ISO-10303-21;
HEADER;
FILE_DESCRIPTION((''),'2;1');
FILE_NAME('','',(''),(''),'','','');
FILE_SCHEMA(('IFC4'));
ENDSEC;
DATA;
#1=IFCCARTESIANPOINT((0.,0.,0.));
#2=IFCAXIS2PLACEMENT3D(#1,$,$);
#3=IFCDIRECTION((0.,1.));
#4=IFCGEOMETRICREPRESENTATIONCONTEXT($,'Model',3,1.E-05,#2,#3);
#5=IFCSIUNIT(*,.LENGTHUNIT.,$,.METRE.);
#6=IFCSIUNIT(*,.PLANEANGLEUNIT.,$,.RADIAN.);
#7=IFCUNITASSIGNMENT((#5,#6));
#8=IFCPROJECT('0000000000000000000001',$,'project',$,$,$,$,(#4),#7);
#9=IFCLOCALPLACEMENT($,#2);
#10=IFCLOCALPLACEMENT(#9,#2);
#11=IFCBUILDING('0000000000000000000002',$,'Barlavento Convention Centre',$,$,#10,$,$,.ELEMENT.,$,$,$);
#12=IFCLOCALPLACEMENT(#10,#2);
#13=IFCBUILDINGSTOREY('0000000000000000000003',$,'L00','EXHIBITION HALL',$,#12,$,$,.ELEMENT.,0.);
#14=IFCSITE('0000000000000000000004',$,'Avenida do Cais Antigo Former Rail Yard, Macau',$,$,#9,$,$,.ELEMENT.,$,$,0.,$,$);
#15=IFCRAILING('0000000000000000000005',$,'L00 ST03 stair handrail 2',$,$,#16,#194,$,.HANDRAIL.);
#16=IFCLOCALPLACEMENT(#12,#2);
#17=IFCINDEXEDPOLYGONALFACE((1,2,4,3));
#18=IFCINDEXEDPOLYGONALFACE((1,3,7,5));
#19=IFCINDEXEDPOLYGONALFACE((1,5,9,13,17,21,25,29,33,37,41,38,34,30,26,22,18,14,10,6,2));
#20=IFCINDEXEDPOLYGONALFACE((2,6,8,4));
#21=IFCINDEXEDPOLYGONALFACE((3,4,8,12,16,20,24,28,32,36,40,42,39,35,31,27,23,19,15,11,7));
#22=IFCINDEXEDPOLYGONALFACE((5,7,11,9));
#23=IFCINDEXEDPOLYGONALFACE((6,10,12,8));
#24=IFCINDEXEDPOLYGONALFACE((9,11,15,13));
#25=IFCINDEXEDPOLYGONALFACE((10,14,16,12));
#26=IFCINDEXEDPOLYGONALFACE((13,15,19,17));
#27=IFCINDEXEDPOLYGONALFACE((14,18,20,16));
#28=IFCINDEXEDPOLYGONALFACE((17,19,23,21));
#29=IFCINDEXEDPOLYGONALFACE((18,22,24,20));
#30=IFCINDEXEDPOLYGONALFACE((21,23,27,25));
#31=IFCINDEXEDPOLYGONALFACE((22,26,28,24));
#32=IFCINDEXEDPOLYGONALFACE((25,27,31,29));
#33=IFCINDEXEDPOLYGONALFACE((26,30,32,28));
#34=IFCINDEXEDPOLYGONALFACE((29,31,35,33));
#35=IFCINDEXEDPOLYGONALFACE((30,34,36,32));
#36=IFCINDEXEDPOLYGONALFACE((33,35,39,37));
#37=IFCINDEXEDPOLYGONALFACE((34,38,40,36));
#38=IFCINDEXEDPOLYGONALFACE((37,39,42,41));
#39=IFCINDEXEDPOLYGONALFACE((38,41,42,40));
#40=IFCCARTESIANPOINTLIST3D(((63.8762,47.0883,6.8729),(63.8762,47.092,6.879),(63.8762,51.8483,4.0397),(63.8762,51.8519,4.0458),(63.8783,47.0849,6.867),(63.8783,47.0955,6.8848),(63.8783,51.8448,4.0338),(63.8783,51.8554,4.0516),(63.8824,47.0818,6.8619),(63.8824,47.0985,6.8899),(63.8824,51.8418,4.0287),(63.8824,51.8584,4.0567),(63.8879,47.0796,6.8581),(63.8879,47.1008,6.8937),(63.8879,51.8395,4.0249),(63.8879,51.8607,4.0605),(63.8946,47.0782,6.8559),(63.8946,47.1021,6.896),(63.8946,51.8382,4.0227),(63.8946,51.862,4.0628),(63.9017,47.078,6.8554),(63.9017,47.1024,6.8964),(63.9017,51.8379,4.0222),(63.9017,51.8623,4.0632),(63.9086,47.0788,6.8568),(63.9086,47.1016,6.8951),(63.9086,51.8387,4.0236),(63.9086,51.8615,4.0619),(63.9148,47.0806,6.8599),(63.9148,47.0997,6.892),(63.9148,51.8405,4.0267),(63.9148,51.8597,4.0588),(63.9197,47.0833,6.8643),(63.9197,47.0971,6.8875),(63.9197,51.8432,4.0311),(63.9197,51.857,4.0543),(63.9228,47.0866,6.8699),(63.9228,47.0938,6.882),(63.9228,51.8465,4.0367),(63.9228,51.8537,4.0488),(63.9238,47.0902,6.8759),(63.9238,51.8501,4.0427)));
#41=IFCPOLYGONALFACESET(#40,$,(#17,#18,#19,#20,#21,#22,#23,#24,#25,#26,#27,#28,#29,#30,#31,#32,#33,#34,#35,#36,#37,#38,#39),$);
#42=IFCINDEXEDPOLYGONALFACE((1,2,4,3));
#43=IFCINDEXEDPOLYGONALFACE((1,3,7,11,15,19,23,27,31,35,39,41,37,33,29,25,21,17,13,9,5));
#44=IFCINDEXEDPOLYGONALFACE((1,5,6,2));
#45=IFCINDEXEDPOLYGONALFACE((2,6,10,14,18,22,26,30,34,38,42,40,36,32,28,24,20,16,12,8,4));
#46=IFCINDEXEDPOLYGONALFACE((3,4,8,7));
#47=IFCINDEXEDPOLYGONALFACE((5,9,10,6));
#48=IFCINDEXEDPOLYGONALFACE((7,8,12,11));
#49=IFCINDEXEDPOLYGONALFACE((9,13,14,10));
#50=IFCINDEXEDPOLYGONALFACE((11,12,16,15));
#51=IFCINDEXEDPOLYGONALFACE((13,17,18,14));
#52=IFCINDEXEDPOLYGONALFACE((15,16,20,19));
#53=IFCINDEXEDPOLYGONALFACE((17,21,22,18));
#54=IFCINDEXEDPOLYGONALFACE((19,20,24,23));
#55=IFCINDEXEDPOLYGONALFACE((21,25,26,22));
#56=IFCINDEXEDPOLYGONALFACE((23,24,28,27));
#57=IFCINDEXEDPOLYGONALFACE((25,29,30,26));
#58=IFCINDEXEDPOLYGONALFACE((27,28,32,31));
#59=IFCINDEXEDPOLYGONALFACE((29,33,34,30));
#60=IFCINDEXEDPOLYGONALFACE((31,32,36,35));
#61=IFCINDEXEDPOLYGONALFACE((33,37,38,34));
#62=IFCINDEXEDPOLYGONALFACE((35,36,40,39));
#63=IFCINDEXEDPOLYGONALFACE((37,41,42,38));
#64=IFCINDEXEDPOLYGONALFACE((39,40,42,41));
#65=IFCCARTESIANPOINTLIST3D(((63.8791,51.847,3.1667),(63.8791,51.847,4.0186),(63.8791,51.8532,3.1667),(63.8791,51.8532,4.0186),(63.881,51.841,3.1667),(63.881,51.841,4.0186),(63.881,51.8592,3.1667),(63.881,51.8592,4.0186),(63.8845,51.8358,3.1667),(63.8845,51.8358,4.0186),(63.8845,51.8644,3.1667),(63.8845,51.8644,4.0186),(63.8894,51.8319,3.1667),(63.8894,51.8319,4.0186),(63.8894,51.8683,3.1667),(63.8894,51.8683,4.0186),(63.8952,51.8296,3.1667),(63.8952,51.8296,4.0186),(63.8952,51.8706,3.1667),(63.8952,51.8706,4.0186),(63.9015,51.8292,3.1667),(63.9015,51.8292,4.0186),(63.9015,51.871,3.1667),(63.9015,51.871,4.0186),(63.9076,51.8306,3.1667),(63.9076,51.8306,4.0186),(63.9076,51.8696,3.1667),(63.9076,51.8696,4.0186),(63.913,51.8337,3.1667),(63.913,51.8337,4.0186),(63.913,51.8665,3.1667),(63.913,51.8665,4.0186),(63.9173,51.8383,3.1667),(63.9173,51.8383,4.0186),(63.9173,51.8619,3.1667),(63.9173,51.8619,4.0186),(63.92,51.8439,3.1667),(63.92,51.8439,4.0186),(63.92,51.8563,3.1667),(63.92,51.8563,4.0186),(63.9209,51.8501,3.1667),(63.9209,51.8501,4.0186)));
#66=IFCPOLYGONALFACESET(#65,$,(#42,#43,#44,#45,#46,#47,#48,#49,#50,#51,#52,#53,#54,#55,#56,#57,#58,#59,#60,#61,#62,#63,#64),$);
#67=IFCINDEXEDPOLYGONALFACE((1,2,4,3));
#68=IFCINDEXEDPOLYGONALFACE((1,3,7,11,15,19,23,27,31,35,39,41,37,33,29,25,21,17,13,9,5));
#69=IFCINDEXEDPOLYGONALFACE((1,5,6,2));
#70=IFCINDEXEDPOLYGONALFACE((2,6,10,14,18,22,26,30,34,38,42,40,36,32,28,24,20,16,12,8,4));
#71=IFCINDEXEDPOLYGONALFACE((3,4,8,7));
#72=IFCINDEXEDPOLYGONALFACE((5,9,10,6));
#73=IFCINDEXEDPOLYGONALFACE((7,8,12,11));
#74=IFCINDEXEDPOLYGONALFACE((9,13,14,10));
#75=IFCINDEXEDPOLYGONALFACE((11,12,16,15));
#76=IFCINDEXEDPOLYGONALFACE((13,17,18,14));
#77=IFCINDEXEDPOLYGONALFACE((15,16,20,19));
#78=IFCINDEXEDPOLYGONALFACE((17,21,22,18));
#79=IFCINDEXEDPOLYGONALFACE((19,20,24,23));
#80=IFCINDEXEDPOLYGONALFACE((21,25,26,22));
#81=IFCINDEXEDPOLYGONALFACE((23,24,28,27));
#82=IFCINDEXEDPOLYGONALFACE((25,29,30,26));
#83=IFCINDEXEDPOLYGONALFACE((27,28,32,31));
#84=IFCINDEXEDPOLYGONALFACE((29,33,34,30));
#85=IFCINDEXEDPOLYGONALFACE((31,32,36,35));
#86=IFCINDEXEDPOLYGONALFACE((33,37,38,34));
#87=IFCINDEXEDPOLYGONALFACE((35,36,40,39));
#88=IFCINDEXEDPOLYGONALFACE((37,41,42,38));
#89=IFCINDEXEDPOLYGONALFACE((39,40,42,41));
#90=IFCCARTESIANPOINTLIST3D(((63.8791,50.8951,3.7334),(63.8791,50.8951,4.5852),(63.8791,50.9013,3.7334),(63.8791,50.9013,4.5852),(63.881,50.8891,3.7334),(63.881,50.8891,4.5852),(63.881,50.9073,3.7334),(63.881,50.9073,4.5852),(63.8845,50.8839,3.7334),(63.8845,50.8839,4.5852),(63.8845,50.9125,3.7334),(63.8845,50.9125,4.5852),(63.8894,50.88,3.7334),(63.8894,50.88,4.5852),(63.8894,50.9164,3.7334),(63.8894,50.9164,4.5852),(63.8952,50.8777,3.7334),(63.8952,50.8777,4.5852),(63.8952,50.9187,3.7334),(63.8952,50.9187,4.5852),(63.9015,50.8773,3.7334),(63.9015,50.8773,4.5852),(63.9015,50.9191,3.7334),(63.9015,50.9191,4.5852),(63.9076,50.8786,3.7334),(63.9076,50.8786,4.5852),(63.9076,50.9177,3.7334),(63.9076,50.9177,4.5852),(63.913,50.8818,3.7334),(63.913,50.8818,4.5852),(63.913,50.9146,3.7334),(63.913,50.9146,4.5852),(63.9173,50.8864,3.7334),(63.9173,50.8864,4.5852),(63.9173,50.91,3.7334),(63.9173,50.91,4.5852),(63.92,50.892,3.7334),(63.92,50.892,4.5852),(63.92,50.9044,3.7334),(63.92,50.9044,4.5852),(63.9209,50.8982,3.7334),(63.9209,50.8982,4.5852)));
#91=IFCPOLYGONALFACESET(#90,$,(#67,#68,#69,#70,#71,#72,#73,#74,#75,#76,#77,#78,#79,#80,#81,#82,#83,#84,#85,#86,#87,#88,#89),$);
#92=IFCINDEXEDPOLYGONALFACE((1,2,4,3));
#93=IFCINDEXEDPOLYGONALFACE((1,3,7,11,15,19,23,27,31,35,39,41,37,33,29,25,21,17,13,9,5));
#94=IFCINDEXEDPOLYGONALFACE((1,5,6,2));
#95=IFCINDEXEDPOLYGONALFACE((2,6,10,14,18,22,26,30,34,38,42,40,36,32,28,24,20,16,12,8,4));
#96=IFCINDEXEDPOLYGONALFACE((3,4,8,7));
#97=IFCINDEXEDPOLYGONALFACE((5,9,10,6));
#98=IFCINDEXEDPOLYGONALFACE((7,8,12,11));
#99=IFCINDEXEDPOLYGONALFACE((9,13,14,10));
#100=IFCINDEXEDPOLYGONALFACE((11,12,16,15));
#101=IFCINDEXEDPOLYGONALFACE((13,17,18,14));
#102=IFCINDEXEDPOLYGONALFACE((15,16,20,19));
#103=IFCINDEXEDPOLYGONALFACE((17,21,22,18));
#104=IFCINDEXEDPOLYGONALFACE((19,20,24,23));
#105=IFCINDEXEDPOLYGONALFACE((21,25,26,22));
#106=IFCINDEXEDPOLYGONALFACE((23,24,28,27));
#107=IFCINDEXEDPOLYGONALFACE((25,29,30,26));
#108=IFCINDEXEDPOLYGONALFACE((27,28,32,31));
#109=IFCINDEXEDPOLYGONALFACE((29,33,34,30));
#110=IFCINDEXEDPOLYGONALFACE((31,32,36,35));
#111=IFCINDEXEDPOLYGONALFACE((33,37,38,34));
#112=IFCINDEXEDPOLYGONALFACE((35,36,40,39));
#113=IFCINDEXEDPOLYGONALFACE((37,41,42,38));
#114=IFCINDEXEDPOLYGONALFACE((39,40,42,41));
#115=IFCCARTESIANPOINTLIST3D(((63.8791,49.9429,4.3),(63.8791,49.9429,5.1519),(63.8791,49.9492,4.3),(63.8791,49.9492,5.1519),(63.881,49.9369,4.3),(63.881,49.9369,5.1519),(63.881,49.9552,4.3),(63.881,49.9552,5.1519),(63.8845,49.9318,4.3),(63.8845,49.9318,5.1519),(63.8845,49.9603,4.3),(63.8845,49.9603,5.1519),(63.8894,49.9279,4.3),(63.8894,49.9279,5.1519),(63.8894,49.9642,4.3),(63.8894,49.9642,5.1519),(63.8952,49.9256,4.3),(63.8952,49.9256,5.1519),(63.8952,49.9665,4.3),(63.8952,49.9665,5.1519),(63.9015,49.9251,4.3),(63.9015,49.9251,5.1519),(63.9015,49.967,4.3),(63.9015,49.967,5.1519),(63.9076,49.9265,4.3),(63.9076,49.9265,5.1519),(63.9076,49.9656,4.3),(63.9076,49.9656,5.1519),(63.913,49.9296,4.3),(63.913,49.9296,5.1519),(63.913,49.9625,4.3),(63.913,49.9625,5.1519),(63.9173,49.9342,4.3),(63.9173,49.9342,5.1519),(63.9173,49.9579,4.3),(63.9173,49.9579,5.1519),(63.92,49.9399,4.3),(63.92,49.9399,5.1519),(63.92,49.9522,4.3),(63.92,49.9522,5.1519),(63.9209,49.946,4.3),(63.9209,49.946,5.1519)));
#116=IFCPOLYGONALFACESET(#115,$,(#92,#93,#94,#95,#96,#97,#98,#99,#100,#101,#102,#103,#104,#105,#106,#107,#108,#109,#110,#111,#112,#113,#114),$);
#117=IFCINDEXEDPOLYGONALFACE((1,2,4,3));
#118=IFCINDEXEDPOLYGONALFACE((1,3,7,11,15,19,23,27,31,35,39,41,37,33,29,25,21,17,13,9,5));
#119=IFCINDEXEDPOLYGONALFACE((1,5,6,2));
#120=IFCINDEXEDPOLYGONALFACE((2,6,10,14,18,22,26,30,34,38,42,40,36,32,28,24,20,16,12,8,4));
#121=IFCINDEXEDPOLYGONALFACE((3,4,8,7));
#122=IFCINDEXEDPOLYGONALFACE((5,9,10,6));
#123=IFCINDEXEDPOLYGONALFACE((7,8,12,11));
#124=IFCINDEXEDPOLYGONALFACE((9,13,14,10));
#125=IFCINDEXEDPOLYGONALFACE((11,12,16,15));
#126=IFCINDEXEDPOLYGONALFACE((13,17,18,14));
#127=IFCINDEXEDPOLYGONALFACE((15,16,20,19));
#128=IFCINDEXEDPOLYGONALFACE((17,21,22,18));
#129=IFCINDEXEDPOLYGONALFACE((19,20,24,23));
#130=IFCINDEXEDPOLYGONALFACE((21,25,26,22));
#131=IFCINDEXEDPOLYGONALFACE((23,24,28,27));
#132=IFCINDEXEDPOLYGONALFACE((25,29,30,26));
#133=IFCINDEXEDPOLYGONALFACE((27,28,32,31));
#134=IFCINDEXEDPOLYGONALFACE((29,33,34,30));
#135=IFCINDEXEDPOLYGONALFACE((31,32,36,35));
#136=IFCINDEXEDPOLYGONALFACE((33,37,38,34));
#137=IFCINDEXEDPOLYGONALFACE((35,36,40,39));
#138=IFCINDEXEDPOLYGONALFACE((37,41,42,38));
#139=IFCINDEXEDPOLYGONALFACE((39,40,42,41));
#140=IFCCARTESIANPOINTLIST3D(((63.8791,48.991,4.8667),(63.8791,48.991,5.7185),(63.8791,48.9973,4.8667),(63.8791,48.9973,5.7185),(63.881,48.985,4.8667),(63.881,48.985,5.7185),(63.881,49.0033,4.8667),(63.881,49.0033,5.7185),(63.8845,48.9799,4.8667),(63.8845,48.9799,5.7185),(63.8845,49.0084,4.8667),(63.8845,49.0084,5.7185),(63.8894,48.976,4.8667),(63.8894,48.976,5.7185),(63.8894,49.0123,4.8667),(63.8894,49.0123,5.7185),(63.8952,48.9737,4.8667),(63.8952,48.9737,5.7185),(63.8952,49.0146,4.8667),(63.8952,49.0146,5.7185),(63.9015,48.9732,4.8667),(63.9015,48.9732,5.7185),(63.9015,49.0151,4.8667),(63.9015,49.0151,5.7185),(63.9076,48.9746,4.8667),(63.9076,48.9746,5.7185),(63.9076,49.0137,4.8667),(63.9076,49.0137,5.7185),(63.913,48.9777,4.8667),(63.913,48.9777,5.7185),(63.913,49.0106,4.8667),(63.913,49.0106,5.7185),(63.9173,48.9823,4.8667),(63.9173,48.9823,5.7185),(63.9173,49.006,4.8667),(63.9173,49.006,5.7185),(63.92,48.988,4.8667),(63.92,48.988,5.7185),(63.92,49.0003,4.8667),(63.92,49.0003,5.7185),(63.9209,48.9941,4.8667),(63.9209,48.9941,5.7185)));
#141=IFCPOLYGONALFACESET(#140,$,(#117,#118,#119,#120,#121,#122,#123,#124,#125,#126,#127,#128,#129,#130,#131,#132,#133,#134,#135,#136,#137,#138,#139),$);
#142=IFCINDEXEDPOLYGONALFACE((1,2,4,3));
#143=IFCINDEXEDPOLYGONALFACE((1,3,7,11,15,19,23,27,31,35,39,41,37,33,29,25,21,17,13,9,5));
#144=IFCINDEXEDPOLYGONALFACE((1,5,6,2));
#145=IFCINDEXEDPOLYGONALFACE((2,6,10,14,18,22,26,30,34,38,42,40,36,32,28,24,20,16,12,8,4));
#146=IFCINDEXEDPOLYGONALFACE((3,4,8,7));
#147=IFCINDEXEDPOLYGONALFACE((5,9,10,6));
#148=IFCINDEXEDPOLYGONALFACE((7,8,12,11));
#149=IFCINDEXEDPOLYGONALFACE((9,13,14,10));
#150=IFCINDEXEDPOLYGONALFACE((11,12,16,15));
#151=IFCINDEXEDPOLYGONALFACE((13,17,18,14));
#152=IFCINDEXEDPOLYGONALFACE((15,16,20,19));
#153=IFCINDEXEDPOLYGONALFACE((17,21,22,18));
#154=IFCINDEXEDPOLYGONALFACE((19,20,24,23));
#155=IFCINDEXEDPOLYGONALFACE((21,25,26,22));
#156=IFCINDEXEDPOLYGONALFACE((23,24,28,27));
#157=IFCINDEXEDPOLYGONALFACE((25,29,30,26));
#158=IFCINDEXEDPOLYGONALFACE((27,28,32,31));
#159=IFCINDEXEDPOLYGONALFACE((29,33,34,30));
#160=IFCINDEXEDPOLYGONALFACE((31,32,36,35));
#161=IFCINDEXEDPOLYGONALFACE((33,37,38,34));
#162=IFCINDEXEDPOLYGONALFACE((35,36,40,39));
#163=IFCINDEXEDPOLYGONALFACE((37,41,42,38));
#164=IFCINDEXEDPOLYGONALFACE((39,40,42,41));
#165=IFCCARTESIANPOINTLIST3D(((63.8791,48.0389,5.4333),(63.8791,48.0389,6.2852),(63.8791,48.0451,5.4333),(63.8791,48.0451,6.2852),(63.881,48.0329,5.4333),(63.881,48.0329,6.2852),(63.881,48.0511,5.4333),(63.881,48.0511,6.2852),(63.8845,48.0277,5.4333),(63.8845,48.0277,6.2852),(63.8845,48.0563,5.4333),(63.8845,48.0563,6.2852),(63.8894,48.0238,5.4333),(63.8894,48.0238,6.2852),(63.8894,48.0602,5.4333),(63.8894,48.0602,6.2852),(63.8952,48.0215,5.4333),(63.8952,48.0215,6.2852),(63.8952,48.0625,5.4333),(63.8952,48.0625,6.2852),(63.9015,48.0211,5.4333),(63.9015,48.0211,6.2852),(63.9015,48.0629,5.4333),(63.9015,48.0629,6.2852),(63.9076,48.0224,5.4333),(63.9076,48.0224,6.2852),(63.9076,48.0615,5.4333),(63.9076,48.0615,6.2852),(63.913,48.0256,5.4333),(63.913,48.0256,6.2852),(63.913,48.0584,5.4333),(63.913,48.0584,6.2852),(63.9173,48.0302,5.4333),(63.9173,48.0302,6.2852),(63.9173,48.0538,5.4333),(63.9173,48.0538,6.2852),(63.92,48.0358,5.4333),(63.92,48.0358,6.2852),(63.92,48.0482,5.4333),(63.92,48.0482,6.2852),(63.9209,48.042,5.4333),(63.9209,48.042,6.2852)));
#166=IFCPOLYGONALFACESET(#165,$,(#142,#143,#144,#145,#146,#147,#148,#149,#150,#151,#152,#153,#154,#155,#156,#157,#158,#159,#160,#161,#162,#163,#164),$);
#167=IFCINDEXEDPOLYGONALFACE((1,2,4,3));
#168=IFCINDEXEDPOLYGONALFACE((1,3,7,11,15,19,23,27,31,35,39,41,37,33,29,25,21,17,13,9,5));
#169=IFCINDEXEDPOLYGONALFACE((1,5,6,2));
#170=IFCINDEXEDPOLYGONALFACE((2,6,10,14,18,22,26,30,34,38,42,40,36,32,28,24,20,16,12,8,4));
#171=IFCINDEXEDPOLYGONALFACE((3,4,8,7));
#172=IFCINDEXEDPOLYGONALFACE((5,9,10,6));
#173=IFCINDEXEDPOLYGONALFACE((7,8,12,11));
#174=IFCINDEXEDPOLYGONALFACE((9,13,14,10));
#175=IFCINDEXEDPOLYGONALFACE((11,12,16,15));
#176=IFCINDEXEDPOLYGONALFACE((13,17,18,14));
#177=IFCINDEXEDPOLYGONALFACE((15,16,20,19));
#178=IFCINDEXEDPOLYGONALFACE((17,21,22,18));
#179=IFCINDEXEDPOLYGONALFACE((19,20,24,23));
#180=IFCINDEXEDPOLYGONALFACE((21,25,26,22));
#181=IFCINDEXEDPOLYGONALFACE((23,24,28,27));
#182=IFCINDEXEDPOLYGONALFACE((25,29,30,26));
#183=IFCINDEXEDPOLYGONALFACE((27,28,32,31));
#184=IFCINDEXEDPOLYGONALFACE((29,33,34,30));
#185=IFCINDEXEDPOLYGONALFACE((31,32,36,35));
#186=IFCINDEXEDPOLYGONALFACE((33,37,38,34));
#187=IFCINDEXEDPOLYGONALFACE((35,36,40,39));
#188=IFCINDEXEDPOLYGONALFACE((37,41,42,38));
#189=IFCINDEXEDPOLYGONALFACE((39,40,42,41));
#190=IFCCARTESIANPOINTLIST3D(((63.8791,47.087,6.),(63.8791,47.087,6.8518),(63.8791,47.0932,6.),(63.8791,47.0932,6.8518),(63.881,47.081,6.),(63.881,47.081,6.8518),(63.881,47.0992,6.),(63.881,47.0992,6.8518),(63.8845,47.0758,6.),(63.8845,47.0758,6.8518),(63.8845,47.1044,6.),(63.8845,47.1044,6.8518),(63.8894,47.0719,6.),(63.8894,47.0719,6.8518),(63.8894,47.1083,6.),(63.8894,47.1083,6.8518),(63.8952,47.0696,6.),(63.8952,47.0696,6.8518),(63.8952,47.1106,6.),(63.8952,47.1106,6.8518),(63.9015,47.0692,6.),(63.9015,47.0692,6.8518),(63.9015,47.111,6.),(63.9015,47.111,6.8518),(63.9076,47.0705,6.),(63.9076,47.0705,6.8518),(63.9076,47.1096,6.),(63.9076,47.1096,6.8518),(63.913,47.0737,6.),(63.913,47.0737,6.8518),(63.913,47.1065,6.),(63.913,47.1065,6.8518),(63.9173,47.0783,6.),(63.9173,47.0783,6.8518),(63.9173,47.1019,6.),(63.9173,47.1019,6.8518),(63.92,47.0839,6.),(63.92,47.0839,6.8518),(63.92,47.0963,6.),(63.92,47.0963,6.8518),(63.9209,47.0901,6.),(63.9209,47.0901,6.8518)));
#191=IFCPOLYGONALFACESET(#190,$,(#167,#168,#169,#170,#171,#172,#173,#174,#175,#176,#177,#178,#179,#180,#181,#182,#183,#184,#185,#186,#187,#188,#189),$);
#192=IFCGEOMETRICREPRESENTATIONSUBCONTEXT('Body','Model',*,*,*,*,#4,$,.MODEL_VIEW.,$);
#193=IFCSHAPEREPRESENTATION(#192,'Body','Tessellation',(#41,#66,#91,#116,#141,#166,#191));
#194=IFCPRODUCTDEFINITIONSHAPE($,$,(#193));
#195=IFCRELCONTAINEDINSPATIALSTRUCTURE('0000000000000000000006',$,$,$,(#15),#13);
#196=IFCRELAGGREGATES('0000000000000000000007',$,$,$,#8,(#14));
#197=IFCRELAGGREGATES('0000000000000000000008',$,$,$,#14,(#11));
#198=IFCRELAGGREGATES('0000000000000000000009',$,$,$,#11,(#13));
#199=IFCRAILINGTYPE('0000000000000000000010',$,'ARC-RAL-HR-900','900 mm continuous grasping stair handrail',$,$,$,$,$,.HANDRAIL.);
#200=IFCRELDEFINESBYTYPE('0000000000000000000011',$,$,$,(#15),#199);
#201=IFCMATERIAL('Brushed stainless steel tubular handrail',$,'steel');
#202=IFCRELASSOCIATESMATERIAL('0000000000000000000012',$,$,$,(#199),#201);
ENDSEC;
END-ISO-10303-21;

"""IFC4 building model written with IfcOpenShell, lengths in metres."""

from ifc_helpers import new_model, si_unit, direction, frame, origin, origin_2d, place, context, subcontext, project, spatial, circle, extrude, material, type_object, element, save


model = new_model("IFC4")

# Units and contexts
model_context = context("Model", 3, precision=1e-05, world=origin(), true_north=direction((0.0, 1.0)))
body_context = subcontext(model_context, "Body", "Model", "MODEL_VIEW")
ifc_project = project(units=[si_unit("LENGTHUNIT", "METRE"), si_unit("PLANEANGLEUNIT", "RADIAN")], contexts=[model_context])

# Site, building, storey
site_placement = place(None, origin())
site = spatial("IfcSite", under=ifc_project, at=site_placement, Name="Avenida do Cais Antigo Former Rail Yard, Macau", CompositionType="ELEMENT", RefElevation=0.0)
building_placement = place(site_placement, origin())
building = spatial("IfcBuilding", under=site, at=building_placement, Name="Barlavento Convention Centre", CompositionType="ELEMENT")
storey_placement = place(building_placement, origin())
storey = spatial("IfcBuildingStorey", under=building, at=storey_placement, Name="L00", Description="EXHIBITION HALL", CompositionType="ELEMENT", Elevation=0.0)

# Railing
ifc_material_1 = material(Name="Brushed stainless steel tubular handrail", Category="steel")
railing_type_1 = type_object("IfcRailingType", Name="ARC-RAL-HR-900", Description="900 mm continuous grasping stair handrail", PredefinedType="HANDRAIL", material=ifc_material_1)
railing_1_placement = place(storey_placement, frame((63.8999, 51.8501, 3.1667)))
element("IfcRailing", 1, at=railing_1_placement, inside=storey, type_object=railing_type_1, Name="L00 ST03 stair handrail 2", PredefinedType="HANDRAIL", context=body_context, shape_type="SweptSolid", body=[
    extrude(circle(Radius=0.0239, at=origin_2d()), frame((0.0, 0.0, 0.876), z_axis=(0.0, -0.8593, 0.511472), x_axis=(1.0, 0.0, 0.0)), (0.0, 0.0, 1.0), 5.5393),
    extrude(circle(Radius=0.021, at=origin_2d()), origin(), (0.0, 0.0, 1.0), 0.8518),
    extrude(circle(Radius=0.021, at=origin_2d()), frame((0.0, -0.9519, 0.5667)), (0.0, 0.0, 1.0), 0.8518),
    extrude(circle(Radius=0.021, at=origin_2d()), frame((0.0, -1.9041, 1.1333)), (0.0, 0.0, 1.0), 0.8518),
    extrude(circle(Radius=0.021, at=origin_2d()), frame((0.0, -2.856, 1.7)), (0.0, 0.0, 1.0), 0.8518),
    extrude(circle(Radius=0.021, at=origin_2d()), frame((0.0, -3.8081, 2.2666)), (0.0, 0.0, 1.0), 0.8518),
    extrude(circle(Radius=0.021, at=origin_2d()), frame((0.0, -4.76, 2.8333)), (0.0, 0.0, 1.0), 0.8518),
])

save(model, "model.ifc")
